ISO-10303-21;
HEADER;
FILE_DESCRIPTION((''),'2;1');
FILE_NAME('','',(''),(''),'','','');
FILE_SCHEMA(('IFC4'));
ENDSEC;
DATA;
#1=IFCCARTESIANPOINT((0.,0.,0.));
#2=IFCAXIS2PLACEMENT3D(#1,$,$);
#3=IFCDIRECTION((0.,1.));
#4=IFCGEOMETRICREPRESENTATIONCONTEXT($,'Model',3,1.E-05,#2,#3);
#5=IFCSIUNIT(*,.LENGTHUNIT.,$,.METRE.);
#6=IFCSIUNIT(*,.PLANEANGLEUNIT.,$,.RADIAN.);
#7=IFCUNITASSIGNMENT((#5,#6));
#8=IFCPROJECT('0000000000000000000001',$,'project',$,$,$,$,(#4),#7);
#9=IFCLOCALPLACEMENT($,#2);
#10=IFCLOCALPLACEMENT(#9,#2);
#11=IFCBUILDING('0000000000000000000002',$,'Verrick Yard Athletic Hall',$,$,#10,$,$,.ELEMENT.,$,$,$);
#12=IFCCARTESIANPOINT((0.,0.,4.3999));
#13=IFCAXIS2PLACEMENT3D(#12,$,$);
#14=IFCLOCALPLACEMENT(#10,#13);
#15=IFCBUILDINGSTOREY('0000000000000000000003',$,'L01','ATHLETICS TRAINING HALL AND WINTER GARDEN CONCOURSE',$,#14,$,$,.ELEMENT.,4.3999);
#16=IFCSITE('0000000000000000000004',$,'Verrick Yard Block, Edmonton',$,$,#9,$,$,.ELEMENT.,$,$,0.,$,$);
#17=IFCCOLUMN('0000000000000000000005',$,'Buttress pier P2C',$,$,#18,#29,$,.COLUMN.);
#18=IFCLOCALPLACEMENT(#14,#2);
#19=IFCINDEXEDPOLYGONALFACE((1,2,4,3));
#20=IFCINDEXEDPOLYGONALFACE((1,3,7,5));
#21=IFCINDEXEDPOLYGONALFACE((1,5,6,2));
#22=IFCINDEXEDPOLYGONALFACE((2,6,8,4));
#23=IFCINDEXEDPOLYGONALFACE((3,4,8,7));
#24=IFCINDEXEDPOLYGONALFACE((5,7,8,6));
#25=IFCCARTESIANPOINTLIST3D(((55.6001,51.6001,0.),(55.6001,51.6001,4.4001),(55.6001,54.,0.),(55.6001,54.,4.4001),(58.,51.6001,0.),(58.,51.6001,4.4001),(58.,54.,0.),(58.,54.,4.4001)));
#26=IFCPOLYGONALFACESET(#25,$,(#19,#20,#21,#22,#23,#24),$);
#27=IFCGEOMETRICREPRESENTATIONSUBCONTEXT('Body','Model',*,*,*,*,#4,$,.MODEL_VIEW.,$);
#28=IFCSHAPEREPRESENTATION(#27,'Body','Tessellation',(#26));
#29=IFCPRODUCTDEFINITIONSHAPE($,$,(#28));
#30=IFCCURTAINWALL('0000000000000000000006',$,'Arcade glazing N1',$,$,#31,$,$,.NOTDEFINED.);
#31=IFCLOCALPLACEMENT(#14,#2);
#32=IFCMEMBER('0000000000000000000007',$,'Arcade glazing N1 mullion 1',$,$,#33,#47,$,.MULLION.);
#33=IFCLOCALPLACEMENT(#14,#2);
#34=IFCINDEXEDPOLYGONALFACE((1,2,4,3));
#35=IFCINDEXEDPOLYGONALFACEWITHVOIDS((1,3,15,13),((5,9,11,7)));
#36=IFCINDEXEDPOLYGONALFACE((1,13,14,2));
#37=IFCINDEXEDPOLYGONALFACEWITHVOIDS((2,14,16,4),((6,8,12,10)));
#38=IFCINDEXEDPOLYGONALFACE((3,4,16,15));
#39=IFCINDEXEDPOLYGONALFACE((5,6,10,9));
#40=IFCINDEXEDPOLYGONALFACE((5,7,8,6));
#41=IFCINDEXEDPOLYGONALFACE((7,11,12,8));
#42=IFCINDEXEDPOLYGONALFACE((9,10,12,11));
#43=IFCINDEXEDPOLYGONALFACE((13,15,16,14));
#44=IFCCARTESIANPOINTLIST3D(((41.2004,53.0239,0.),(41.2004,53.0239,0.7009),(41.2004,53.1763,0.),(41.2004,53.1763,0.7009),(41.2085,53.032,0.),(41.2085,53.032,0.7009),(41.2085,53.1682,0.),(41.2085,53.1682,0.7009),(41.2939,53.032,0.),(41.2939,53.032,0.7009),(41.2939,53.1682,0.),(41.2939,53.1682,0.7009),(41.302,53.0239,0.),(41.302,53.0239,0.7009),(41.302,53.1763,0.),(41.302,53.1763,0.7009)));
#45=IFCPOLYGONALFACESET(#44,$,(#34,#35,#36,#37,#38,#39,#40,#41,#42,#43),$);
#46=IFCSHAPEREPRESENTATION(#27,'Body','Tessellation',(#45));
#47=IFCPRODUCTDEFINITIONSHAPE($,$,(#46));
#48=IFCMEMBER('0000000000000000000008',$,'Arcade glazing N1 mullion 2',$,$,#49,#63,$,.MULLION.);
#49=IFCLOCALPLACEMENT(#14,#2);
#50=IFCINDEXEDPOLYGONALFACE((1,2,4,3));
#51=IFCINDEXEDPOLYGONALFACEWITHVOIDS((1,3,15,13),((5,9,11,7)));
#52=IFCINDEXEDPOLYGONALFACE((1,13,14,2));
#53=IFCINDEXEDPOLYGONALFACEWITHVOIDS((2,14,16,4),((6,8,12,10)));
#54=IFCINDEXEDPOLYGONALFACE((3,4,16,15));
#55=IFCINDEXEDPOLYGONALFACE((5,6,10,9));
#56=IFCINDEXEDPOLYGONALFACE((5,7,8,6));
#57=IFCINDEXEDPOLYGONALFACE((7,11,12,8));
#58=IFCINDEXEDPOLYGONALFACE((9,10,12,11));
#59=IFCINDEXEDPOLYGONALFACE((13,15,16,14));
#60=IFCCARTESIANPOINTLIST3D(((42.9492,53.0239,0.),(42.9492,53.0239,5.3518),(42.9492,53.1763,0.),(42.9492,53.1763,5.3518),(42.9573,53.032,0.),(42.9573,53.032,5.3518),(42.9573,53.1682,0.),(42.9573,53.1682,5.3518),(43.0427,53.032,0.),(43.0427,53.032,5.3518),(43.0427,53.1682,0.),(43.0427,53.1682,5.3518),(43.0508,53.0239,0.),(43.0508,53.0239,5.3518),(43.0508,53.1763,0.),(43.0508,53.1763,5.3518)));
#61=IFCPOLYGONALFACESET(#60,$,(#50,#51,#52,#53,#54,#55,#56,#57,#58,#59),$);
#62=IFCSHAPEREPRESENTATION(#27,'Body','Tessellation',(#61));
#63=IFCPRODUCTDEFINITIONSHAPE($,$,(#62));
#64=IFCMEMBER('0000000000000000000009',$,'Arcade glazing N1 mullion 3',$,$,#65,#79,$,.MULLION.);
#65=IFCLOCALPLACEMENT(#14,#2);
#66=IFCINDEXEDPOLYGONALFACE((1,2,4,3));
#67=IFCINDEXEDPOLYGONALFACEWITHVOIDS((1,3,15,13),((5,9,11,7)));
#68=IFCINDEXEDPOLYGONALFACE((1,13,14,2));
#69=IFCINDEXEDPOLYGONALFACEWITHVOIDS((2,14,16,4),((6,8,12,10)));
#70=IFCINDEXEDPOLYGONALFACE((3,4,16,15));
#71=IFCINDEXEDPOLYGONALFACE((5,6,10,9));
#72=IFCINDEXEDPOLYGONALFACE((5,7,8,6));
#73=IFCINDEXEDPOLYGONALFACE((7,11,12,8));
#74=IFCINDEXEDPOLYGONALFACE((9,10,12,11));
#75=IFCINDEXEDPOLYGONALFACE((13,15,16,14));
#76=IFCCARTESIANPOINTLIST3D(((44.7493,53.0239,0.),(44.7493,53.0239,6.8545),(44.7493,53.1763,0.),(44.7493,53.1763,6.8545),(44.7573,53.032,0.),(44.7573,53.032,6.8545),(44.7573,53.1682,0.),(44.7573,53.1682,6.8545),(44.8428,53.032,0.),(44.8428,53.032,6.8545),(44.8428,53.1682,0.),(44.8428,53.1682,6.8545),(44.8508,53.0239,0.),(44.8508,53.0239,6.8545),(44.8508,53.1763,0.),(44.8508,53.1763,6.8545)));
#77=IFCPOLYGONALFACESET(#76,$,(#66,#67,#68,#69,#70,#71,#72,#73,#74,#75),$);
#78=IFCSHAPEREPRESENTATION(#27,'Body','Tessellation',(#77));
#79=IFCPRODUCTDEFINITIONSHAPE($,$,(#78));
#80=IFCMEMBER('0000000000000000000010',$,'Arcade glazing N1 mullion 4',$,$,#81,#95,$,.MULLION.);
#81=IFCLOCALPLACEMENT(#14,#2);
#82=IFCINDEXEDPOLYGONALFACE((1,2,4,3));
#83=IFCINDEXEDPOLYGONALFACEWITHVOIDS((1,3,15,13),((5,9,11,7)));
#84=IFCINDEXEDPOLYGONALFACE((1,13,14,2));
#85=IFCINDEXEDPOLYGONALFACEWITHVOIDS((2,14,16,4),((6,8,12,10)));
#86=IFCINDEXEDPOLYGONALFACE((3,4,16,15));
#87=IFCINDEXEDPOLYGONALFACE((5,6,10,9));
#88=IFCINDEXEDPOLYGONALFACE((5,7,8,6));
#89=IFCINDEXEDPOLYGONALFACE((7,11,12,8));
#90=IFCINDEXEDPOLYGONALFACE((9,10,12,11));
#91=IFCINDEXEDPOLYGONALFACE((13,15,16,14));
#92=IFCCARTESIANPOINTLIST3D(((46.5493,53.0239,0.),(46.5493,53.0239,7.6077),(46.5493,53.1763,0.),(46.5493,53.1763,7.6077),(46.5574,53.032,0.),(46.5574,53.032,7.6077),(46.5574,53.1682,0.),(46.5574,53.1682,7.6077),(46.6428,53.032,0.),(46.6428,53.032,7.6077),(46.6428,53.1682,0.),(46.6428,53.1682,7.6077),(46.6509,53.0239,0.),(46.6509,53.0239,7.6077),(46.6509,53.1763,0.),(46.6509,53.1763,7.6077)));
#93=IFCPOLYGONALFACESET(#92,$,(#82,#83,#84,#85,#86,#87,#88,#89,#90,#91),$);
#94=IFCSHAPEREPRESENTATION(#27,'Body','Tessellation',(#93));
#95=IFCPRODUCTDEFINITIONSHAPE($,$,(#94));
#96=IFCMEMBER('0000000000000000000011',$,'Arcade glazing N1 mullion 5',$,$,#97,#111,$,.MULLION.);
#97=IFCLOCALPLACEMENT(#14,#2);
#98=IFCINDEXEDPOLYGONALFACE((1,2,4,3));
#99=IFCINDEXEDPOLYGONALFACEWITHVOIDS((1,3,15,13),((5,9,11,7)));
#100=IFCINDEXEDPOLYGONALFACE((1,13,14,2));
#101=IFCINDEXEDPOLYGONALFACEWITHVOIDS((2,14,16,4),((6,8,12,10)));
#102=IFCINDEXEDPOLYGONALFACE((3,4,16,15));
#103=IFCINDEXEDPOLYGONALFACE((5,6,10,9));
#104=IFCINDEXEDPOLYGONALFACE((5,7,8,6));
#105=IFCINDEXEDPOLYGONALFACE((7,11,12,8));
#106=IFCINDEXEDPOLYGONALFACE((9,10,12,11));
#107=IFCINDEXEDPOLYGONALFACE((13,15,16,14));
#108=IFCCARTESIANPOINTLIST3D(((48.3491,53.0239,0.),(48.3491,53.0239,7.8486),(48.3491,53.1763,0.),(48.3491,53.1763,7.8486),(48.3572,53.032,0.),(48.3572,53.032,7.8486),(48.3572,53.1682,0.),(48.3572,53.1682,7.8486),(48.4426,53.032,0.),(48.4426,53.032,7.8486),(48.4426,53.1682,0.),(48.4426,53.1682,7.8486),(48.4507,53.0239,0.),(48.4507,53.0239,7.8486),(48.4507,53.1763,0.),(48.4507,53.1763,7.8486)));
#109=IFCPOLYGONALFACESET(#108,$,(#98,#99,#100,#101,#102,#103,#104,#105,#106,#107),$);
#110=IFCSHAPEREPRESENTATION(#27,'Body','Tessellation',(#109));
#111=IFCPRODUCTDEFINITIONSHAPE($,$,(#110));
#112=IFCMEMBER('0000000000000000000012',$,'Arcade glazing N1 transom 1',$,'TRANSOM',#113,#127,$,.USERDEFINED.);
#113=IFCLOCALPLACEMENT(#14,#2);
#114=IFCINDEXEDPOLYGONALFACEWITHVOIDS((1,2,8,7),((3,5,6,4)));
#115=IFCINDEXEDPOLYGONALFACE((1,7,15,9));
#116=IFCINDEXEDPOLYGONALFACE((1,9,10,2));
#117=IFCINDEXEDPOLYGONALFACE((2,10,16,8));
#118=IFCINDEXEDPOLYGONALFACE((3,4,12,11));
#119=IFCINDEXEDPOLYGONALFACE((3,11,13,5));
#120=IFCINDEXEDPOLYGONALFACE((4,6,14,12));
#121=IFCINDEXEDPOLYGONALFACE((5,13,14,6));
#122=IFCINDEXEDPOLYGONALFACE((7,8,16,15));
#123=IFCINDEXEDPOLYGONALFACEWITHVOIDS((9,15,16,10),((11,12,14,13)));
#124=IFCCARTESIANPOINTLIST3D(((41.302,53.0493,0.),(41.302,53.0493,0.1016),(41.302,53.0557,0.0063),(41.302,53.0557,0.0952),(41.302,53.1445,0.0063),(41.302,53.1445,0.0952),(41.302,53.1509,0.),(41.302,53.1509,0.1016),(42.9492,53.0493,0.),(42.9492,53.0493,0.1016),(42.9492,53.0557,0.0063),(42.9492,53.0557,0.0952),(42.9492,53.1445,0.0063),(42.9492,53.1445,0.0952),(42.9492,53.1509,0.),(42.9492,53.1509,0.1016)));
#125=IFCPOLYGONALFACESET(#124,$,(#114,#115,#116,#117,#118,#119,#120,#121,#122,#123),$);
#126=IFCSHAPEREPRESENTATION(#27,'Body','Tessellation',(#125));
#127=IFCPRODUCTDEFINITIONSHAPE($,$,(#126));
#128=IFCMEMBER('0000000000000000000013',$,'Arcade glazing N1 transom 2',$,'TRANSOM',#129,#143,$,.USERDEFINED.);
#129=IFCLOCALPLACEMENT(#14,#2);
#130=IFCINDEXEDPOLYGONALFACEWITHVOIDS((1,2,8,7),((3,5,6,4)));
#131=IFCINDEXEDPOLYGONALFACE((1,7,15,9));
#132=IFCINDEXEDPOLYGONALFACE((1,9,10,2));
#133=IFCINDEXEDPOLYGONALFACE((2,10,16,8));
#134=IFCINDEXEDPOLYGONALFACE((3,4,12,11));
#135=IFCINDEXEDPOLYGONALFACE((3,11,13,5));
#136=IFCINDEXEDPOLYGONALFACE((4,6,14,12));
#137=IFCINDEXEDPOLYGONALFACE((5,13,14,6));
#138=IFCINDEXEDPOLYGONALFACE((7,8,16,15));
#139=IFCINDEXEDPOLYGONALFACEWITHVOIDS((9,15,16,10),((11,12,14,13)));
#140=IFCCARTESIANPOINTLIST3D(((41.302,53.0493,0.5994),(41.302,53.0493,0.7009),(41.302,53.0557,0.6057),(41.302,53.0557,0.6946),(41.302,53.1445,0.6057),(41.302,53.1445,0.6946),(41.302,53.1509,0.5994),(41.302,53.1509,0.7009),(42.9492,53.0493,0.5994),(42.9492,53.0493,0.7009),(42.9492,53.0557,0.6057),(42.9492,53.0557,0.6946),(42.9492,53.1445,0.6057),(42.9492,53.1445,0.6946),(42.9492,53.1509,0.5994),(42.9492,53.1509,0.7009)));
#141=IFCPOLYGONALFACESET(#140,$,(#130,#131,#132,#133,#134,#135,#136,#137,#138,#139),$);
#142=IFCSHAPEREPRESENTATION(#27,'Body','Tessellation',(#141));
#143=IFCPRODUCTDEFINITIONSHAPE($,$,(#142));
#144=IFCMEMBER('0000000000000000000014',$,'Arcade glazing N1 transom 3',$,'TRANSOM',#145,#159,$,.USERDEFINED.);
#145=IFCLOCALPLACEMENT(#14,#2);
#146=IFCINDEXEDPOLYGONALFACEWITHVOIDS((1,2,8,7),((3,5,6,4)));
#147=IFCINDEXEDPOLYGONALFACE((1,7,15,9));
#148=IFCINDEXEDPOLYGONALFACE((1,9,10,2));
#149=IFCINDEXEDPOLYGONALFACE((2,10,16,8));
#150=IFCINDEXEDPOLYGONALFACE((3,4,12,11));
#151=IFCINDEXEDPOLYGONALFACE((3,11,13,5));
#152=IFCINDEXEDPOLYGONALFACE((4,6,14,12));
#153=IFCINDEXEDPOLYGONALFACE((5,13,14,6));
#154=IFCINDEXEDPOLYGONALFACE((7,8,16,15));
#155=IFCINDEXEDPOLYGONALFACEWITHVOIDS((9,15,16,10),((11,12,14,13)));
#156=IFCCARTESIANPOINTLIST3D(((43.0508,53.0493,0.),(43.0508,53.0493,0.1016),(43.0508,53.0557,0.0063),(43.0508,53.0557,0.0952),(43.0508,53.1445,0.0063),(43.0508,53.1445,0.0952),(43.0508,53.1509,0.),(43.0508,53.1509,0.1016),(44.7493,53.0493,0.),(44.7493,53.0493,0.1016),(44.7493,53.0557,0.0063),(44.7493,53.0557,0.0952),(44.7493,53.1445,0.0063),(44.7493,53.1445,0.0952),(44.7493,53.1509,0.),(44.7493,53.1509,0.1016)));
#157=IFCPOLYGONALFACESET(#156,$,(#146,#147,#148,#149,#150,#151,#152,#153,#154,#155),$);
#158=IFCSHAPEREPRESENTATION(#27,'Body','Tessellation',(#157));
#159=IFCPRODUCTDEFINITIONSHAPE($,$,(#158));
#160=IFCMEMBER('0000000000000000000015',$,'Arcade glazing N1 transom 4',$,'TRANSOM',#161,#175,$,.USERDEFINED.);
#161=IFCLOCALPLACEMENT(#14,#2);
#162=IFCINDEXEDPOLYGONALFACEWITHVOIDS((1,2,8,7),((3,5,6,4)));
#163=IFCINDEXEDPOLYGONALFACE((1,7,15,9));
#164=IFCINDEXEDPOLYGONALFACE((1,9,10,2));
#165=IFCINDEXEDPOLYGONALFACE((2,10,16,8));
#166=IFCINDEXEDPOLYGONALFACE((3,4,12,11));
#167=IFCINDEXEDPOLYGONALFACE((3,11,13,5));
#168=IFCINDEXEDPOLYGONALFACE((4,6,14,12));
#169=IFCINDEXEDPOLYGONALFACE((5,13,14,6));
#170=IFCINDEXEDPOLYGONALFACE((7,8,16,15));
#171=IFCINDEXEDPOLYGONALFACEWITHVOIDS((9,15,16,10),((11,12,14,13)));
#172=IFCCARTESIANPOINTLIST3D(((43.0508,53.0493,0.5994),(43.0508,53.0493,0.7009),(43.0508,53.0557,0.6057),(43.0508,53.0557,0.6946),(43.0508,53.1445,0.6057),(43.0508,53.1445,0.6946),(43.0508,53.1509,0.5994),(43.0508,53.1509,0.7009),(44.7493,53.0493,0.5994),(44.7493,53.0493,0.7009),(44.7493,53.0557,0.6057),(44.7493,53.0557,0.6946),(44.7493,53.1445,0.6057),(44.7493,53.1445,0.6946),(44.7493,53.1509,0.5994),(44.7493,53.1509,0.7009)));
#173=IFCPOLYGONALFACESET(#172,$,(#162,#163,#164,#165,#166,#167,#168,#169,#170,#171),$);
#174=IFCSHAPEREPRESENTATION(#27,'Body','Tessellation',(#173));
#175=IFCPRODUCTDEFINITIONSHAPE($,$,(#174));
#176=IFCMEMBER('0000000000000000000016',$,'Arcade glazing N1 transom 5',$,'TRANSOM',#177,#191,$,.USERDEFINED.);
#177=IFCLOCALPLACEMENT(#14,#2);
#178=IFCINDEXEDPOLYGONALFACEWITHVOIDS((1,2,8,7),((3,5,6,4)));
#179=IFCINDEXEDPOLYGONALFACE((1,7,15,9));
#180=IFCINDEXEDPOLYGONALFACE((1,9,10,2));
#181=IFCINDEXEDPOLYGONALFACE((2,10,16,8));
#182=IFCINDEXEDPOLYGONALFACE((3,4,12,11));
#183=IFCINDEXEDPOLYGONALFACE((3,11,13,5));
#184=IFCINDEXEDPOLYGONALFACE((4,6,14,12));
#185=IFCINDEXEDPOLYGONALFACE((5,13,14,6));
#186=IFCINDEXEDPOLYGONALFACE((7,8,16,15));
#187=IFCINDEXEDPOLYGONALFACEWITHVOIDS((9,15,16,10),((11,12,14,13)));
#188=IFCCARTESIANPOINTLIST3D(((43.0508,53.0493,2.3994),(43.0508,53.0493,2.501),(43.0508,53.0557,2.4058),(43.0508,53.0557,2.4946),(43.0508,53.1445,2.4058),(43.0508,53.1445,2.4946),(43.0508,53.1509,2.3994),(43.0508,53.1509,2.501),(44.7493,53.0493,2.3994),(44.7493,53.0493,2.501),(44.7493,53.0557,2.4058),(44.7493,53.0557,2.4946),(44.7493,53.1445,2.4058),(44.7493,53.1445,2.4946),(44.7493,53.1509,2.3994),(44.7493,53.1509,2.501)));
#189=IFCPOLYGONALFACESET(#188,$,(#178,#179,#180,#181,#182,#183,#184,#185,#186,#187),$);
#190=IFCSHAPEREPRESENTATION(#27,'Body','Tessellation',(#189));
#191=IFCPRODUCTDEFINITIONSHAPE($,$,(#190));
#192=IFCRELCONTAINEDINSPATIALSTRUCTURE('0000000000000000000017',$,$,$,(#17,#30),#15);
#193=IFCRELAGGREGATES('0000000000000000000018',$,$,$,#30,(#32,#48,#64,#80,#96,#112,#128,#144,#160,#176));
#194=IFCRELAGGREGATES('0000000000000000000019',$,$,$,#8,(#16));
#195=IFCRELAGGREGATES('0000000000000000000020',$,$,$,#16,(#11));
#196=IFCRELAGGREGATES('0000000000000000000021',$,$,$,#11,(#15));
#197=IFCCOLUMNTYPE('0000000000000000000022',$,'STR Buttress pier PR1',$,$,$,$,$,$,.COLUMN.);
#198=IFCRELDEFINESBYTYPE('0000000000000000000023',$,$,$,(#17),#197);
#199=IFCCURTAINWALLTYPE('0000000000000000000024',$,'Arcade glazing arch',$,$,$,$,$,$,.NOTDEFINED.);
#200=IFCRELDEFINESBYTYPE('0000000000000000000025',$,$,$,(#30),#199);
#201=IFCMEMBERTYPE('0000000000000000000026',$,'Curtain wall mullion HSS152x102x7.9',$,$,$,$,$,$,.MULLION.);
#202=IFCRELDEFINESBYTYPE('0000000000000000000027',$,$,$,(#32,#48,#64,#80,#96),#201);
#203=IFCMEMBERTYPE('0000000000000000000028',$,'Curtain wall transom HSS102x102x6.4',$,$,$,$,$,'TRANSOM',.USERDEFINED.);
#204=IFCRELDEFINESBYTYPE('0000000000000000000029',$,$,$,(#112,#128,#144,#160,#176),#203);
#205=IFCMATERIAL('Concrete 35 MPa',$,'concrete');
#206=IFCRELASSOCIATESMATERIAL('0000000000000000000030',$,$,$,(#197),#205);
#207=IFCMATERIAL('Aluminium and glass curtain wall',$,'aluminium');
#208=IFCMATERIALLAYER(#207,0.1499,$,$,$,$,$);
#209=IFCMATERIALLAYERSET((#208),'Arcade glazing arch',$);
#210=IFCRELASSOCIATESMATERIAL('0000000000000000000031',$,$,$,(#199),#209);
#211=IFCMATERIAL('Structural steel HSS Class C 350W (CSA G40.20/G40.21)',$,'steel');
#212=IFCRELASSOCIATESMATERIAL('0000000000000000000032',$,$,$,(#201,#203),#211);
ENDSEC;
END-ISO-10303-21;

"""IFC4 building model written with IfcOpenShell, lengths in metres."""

from ifc_helpers import new_model, si_unit, direction, frame, origin, origin_2d, place, context, subcontext, project, spatial, rectangle, hollow_rectangle, extrude, material, layer, layer_set, material_profile, profile_set, type_object, element, aggregate, save


model = new_model("IFC4")

# Units and contexts
model_context = context("Model", 3, precision=1e-05, world=origin(), true_north=direction((0.0, 1.0)))
body_context = subcontext(model_context, "Body", "Model", "MODEL_VIEW")
ifc_project = project(units=[si_unit("LENGTHUNIT", "METRE"), si_unit("PLANEANGLEUNIT", "RADIAN")], contexts=[model_context])

# Site, building, storey
site_placement = place(None, origin())
site = spatial("IfcSite", under=ifc_project, at=site_placement, Name="Verrick Yard Block, Edmonton", CompositionType="ELEMENT", RefElevation=0.0)
building_placement = place(site_placement, origin())
building = spatial("IfcBuilding", under=site, at=building_placement, Name="Verrick Yard Athletic Hall", CompositionType="ELEMENT")
storey_placement = place(building_placement, frame((0.0, 0.0, 4.3999)))
storey = spatial("IfcBuildingStorey", under=building, at=storey_placement, Name="L01", Description="ATHLETICS TRAINING HALL AND WINTER GARDEN CONCOURSE", CompositionType="ELEMENT", Elevation=4.3999)

# Column
ifc_material_1 = material(Name="Concrete 35 MPa", Category="concrete")
ifc_material_profile_1 = material_profile(ifc_material_1, rectangle(XDim=2.3999, YDim=2.3999, at=origin_2d()), Name="STR Buttress pier PR1")
ifc_profile_set_1 = profile_set([ifc_material_profile_1], Name="Concrete 35 MPa")
column_type = type_object("IfcColumnType", Name="STR Buttress pier PR1", PredefinedType="COLUMN", material=ifc_profile_set_1)
column_placement = place(storey_placement, frame((56.8, 52.8, 0.0), z_axis=(0.0, 0.0, 1.0), x_axis=(1.0, 0.0, 0.0)))
element("IfcColumn", 1, at=column_placement, inside=storey, type_object=column_type, Name="Buttress pier P2C", PredefinedType="COLUMN", context=body_context, shape_type="SweptSolid", body=[
    extrude(rectangle(XDim=2.3999, YDim=2.3999, at=origin_2d()), origin(), (0.0, 0.0, 1.0), 4.4001),
])

# Curtain wall, members
ifc_material_2 = material(Name="Aluminium and glass curtain wall", Category="aluminium")
ifc_layer_1 = layer(ifc_material_2, 0.1499)
ifc_layer_set_1 = layer_set([ifc_layer_1], Name="Arcade glazing arch")
curtain_wall_type = type_object("IfcCurtainWallType", Name="Arcade glazing arch", PredefinedType="NOTDEFINED", material=ifc_layer_set_1)
curtain_wall_placement = place(storey_placement, origin())
curtain_wall = element("IfcCurtainWall", 2, at=curtain_wall_placement, inside=storey, type_object=curtain_wall_type, Name="Arcade glazing N1", PredefinedType="NOTDEFINED")
ifc_material_3 = material(Name="Structural steel HSS Class C 350W (CSA G40.20/G40.21)", Category="steel")
ifc_material_profile_2 = material_profile(ifc_material_3, hollow_rectangle(XDim=0.1016, YDim=0.1523, WallThickness=0.0081, at=origin_2d()), Name="HSS152x102x7.9")
ifc_profile_set_2 = profile_set([ifc_material_profile_2], Name="Structural steel HSS Class C 350W (CSA G40.20/G40.21)")
member_type_1 = type_object("IfcMemberType", Name="Curtain wall mullion HSS152x102x7.9", PredefinedType="MULLION", material=ifc_profile_set_2)
member_1_placement = place(storey_placement, frame((41.2512, 53.1001, 0.0), z_axis=(0.0, 0.0, 1.0), x_axis=(1.0, 0.0, 0.0)))
member_1 = element("IfcMember", 3, at=member_1_placement, type_object=member_type_1, Name="Arcade glazing N1 mullion 1", PredefinedType="MULLION", context=body_context, shape_type="SweptSolid", body=[
    extrude(hollow_rectangle(XDim=0.1016, YDim=0.1523, WallThickness=0.0081, at=origin_2d()), origin(), (0.0, 0.0, 1.0), 0.7009),
])
member_2_placement = place(storey_placement, frame((43.0, 53.1001, 0.0), z_axis=(0.0, 0.0, 1.0), x_axis=(1.0, 0.0, 0.0)))
member_2 = element("IfcMember", 4, at=member_2_placement, type_object=member_type_1, Name="Arcade glazing N1 mullion 2", PredefinedType="MULLION", context=body_context, shape_type="SweptSolid", body=[
    extrude(hollow_rectangle(XDim=0.1016, YDim=0.1523, WallThickness=0.0081, at=origin_2d()), origin(), (0.0, 0.0, 1.0), 5.3518),
])
member_3_placement = place(storey_placement, frame((44.8, 53.1001, 0.0), z_axis=(0.0, 0.0, 1.0), x_axis=(1.0, 0.0, 0.0)))
member_3 = element("IfcMember", 5, at=member_3_placement, type_object=member_type_1, Name="Arcade glazing N1 mullion 3", PredefinedType="MULLION", context=body_context, shape_type="SweptSolid", body=[
    extrude(hollow_rectangle(XDim=0.1016, YDim=0.1523, WallThickness=0.0081, at=origin_2d()), origin(), (0.0, 0.0, 1.0), 6.8545),
])
member_4_placement = place(storey_placement, frame((46.6001, 53.1001, 0.0), z_axis=(0.0, 0.0, 1.0), x_axis=(1.0, 0.0, 0.0)))
member_4 = element("IfcMember", 6, at=member_4_placement, type_object=member_type_1, Name="Arcade glazing N1 mullion 4", PredefinedType="MULLION", context=body_context, shape_type="SweptSolid", body=[
    extrude(hollow_rectangle(XDim=0.1016, YDim=0.1523, WallThickness=0.0081, at=origin_2d()), origin(), (0.0, 0.0, 1.0), 7.6077),
])
member_5_placement = place(storey_placement, frame((48.3999, 53.1001, 0.0), z_axis=(0.0, 0.0, 1.0), x_axis=(1.0, 0.0, 0.0)))
member_5 = element("IfcMember", 7, at=member_5_placement, type_object=member_type_1, Name="Arcade glazing N1 mullion 5", PredefinedType="MULLION", context=body_context, shape_type="SweptSolid", body=[
    extrude(hollow_rectangle(XDim=0.1016, YDim=0.1523, WallThickness=0.0081, at=origin_2d()), origin(), (0.0, 0.0, 1.0), 7.8486),
])
ifc_material_profile_3 = material_profile(ifc_material_3, hollow_rectangle(XDim=0.1016, YDim=0.1016, WallThickness=0.0063, at=origin_2d()), Name="HSS102x102x6.4")
ifc_profile_set_3 = profile_set([ifc_material_profile_3], Name="Structural steel HSS Class C 350W (CSA G40.20/G40.21)")
member_type_2 = type_object("IfcMemberType", Name="Curtain wall transom HSS102x102x6.4", ElementType="TRANSOM", PredefinedType="USERDEFINED", material=ifc_profile_set_3)
member_6_placement = place(storey_placement, frame((41.302, 53.1001, 0.0508), z_axis=(1.0, 0.0, 0.0), x_axis=(0.0, 1.0, 0.0)))
member_6 = element("IfcMember", 8, at=member_6_placement, type_object=member_type_2, Name="Arcade glazing N1 transom 1", ObjectType="TRANSOM", PredefinedType="USERDEFINED", context=body_context, shape_type="SweptSolid", body=[
    extrude(hollow_rectangle(XDim=0.1016, YDim=0.1016, WallThickness=0.0063, at=origin_2d()), origin(), (0.0, 0.0, 1.0), 1.6472),
])
member_7_placement = place(storey_placement, frame((41.302, 53.1001, 0.6501), z_axis=(1.0, 0.0, 0.0), x_axis=(0.0, 1.0, 0.0)))
member_7 = element("IfcMember", 9, at=member_7_placement, type_object=member_type_2, Name="Arcade glazing N1 transom 2", ObjectType="TRANSOM", PredefinedType="USERDEFINED", context=body_context, shape_type="SweptSolid", body=[
    extrude(hollow_rectangle(XDim=0.1016, YDim=0.1016, WallThickness=0.0063, at=origin_2d()), origin(), (0.0, 0.0, 1.0), 1.6472),
])
member_8_placement = place(storey_placement, frame((43.0508, 53.1001, 0.0508), z_axis=(1.0, 0.0, 0.0), x_axis=(0.0, 1.0, 0.0)))
member_8 = element("IfcMember", 10, at=member_8_placement, type_object=member_type_2, Name="Arcade glazing N1 transom 3", ObjectType="TRANSOM", PredefinedType="USERDEFINED", context=body_context, shape_type="SweptSolid", body=[
    extrude(hollow_rectangle(XDim=0.1016, YDim=0.1016, WallThickness=0.0063, at=origin_2d()), origin(), (0.0, 0.0, 1.0), 1.6985),
])
member_9_placement = place(storey_placement, frame((43.0508, 53.1001, 0.6501), z_axis=(1.0, 0.0, 0.0), x_axis=(0.0, 1.0, 0.0)))
member_9 = element("IfcMember", 11, at=member_9_placement, type_object=member_type_2, Name="Arcade glazing N1 transom 4", ObjectType="TRANSOM", PredefinedType="USERDEFINED", context=body_context, shape_type="SweptSolid", body=[
    extrude(hollow_rectangle(XDim=0.1016, YDim=0.1016, WallThickness=0.0063, at=origin_2d()), origin(), (0.0, 0.0, 1.0), 1.6985),
])
member_10_placement = place(storey_placement, frame((43.0508, 53.1001, 2.4502), z_axis=(1.0, 0.0, 0.0), x_axis=(0.0, 1.0, 0.0)))
member_10 = element("IfcMember", 12, at=member_10_placement, type_object=member_type_2, Name="Arcade glazing N1 transom 5", ObjectType="TRANSOM", PredefinedType="USERDEFINED", context=body_context, shape_type="SweptSolid", body=[
    extrude(hollow_rectangle(XDim=0.1016, YDim=0.1016, WallThickness=0.0063, at=origin_2d()), origin(), (0.0, 0.0, 1.0), 1.6985),
])
aggregate(curtain_wall, [member_1, member_2, member_3, member_4, member_5, member_6, member_7, member_8, member_9, member_10])

save(model, "model.ifc")
